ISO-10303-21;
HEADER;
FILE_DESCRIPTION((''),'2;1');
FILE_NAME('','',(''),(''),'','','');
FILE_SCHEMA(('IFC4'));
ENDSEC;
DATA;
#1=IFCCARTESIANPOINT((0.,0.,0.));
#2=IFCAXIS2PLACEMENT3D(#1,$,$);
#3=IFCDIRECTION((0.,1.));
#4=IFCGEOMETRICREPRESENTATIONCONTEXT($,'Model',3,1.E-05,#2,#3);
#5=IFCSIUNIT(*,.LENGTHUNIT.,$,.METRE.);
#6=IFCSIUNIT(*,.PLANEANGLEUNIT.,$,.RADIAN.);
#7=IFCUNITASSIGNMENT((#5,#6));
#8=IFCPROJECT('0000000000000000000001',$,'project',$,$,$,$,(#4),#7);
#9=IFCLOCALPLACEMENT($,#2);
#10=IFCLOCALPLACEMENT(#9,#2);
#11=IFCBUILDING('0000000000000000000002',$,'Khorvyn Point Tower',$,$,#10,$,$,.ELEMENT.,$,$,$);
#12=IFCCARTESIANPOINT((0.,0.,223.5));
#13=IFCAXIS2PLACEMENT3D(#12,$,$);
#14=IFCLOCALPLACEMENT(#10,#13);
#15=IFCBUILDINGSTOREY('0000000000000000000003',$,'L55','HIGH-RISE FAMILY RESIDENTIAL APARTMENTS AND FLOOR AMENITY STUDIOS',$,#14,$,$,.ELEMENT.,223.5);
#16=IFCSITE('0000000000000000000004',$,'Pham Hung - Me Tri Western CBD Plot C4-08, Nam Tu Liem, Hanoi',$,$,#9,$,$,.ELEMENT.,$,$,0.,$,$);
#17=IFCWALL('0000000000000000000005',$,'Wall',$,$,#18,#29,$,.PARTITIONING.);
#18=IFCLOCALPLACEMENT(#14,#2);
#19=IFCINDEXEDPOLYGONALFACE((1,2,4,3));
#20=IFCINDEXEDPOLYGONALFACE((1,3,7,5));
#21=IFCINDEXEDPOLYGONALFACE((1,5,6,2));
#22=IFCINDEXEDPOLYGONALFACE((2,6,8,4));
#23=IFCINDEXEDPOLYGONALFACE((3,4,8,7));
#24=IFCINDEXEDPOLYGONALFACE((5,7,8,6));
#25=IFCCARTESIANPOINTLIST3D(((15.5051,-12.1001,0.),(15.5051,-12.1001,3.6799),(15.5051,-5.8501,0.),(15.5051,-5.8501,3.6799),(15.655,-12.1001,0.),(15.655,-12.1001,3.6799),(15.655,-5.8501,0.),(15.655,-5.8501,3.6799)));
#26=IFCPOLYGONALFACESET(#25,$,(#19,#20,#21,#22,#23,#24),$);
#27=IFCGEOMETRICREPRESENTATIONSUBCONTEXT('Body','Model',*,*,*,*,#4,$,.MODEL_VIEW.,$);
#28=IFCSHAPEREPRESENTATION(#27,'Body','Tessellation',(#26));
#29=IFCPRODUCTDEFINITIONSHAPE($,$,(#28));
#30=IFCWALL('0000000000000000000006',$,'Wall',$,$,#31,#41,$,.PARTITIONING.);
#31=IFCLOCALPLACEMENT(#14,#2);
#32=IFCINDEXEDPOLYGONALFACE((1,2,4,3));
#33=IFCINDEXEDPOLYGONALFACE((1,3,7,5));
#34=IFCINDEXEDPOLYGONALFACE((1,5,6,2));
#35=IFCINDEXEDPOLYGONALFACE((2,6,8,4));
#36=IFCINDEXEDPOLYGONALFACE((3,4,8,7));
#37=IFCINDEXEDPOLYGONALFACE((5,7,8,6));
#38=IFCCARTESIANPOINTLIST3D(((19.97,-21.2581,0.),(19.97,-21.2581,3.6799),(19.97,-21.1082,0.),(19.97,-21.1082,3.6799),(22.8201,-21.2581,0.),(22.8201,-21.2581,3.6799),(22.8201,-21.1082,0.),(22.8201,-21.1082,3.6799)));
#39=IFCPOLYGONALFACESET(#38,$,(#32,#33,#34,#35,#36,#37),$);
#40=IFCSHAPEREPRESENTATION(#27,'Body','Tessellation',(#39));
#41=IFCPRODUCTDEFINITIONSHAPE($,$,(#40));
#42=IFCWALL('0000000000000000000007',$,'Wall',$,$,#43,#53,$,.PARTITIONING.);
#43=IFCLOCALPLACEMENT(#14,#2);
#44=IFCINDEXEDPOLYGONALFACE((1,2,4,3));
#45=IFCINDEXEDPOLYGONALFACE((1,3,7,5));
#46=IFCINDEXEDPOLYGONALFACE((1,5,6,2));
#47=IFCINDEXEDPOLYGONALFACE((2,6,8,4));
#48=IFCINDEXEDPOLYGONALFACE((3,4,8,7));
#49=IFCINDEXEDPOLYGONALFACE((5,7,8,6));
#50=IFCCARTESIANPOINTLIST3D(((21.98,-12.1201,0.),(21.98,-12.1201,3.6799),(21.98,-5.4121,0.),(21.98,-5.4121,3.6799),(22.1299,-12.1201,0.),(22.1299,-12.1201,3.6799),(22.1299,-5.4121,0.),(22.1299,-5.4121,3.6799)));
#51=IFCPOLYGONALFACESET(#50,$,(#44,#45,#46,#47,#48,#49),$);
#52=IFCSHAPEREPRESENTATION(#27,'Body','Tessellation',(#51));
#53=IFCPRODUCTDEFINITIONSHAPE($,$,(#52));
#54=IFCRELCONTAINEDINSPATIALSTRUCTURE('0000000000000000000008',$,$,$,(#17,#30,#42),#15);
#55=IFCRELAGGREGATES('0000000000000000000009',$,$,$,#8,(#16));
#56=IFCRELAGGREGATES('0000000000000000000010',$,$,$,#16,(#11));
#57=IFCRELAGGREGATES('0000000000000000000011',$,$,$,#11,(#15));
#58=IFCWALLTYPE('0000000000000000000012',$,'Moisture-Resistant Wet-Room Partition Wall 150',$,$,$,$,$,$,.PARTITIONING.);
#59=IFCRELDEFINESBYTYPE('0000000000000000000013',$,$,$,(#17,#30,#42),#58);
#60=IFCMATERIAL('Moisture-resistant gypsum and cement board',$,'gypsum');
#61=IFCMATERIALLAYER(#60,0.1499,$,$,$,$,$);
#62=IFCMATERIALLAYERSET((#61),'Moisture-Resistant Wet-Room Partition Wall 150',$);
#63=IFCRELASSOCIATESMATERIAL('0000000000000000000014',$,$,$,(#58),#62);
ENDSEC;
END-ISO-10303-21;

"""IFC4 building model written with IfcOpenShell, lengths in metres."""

from ifc_helpers import new_model, si_unit, direction, frame, frame_2d, origin, place, context, subcontext, project, spatial, rectangle, extrude, material, layer, layer_set, type_object, element, save


model = new_model("IFC4")

# Units and contexts
model_context = context("Model", 3, precision=1e-05, world=origin(), true_north=direction((0.0, 1.0)))
body_context = subcontext(model_context, "Body", "Model", "MODEL_VIEW")
ifc_project = project(units=[si_unit("LENGTHUNIT", "METRE"), si_unit("PLANEANGLEUNIT", "RADIAN")], contexts=[model_context])

# Site, building, storey
site_placement = place(None, origin())
site = spatial("IfcSite", under=ifc_project, at=site_placement, Name="Pham Hung - Me Tri Western CBD Plot C4-08, Nam Tu Liem, Hanoi", CompositionType="ELEMENT", RefElevation=0.0)
building_placement = place(site_placement, origin())
building = spatial("IfcBuilding", under=site, at=building_placement, Name="Khorvyn Point Tower", CompositionType="ELEMENT")
storey_placement = place(building_placement, frame((0.0, 0.0, 223.5)))
storey = spatial("IfcBuildingStorey", under=building, at=storey_placement, Name="L55", Description="HIGH-RISE FAMILY RESIDENTIAL APARTMENTS AND FLOOR AMENITY STUDIOS", CompositionType="ELEMENT", Elevation=223.5)

# Shared definitions
ifc_material_1 = material(Name="Moisture-resistant gypsum and cement board", Category="gypsum")
ifc_layer_1 = layer(ifc_material_1, 0.1499)
ifc_layer_set_1 = layer_set([ifc_layer_1], Name="Moisture-Resistant Wet-Room Partition Wall 150")
wall_type_1 = type_object("IfcWallType", Name="Moisture-Resistant Wet-Room Partition Wall 150", PredefinedType="PARTITIONING", material=ifc_layer_set_1)

# Walls
wall_1_placement = place(storey_placement, frame((15.5801, -12.1001, 0.0), z_axis=(0.0, 0.0, 1.0), x_axis=(0.0, 1.0, 0.0)))
element("IfcWall", 1, at=wall_1_placement, inside=storey, type_object=wall_type_1, Name="Wall", PredefinedType="PARTITIONING", context=body_context, shape_type="SweptSolid", body=[
    extrude(rectangle(XDim=6.25, YDim=0.1499, at=frame_2d((3.125, 0.0))), origin(), (0.0, 0.0, 1.0), 3.6799),
])
wall_2_placement = place(storey_placement, frame((19.97, -21.1831, 0.0), z_axis=(0.0, 0.0, 1.0), x_axis=(1.0, 0.0, 0.0)))
element("IfcWall", 2, at=wall_2_placement, inside=storey, type_object=wall_type_1, Name="Wall", PredefinedType="PARTITIONING", context=body_context, shape_type="SweptSolid", body=[
    extrude(rectangle(XDim=2.8501, YDim=0.1499, at=frame_2d((1.425, 0.0))), origin(), (0.0, 0.0, 1.0), 3.6799),
])
wall_3_placement = place(storey_placement, frame((22.0549, -12.1201, 0.0), z_axis=(0.0, 0.0, 1.0), x_axis=(0.0, 1.0, 0.0)))
element("IfcWall", 3, at=wall_3_placement, inside=storey, type_object=wall_type_1, Name="Wall", PredefinedType="PARTITIONING", context=body_context, shape_type="SweptSolid", body=[
    extrude(rectangle(XDim=6.708, YDim=0.1499, at=frame_2d((3.354, 0.0))), origin(), (0.0, 0.0, 1.0), 3.6799),
])

save(model, "model.ifc")
